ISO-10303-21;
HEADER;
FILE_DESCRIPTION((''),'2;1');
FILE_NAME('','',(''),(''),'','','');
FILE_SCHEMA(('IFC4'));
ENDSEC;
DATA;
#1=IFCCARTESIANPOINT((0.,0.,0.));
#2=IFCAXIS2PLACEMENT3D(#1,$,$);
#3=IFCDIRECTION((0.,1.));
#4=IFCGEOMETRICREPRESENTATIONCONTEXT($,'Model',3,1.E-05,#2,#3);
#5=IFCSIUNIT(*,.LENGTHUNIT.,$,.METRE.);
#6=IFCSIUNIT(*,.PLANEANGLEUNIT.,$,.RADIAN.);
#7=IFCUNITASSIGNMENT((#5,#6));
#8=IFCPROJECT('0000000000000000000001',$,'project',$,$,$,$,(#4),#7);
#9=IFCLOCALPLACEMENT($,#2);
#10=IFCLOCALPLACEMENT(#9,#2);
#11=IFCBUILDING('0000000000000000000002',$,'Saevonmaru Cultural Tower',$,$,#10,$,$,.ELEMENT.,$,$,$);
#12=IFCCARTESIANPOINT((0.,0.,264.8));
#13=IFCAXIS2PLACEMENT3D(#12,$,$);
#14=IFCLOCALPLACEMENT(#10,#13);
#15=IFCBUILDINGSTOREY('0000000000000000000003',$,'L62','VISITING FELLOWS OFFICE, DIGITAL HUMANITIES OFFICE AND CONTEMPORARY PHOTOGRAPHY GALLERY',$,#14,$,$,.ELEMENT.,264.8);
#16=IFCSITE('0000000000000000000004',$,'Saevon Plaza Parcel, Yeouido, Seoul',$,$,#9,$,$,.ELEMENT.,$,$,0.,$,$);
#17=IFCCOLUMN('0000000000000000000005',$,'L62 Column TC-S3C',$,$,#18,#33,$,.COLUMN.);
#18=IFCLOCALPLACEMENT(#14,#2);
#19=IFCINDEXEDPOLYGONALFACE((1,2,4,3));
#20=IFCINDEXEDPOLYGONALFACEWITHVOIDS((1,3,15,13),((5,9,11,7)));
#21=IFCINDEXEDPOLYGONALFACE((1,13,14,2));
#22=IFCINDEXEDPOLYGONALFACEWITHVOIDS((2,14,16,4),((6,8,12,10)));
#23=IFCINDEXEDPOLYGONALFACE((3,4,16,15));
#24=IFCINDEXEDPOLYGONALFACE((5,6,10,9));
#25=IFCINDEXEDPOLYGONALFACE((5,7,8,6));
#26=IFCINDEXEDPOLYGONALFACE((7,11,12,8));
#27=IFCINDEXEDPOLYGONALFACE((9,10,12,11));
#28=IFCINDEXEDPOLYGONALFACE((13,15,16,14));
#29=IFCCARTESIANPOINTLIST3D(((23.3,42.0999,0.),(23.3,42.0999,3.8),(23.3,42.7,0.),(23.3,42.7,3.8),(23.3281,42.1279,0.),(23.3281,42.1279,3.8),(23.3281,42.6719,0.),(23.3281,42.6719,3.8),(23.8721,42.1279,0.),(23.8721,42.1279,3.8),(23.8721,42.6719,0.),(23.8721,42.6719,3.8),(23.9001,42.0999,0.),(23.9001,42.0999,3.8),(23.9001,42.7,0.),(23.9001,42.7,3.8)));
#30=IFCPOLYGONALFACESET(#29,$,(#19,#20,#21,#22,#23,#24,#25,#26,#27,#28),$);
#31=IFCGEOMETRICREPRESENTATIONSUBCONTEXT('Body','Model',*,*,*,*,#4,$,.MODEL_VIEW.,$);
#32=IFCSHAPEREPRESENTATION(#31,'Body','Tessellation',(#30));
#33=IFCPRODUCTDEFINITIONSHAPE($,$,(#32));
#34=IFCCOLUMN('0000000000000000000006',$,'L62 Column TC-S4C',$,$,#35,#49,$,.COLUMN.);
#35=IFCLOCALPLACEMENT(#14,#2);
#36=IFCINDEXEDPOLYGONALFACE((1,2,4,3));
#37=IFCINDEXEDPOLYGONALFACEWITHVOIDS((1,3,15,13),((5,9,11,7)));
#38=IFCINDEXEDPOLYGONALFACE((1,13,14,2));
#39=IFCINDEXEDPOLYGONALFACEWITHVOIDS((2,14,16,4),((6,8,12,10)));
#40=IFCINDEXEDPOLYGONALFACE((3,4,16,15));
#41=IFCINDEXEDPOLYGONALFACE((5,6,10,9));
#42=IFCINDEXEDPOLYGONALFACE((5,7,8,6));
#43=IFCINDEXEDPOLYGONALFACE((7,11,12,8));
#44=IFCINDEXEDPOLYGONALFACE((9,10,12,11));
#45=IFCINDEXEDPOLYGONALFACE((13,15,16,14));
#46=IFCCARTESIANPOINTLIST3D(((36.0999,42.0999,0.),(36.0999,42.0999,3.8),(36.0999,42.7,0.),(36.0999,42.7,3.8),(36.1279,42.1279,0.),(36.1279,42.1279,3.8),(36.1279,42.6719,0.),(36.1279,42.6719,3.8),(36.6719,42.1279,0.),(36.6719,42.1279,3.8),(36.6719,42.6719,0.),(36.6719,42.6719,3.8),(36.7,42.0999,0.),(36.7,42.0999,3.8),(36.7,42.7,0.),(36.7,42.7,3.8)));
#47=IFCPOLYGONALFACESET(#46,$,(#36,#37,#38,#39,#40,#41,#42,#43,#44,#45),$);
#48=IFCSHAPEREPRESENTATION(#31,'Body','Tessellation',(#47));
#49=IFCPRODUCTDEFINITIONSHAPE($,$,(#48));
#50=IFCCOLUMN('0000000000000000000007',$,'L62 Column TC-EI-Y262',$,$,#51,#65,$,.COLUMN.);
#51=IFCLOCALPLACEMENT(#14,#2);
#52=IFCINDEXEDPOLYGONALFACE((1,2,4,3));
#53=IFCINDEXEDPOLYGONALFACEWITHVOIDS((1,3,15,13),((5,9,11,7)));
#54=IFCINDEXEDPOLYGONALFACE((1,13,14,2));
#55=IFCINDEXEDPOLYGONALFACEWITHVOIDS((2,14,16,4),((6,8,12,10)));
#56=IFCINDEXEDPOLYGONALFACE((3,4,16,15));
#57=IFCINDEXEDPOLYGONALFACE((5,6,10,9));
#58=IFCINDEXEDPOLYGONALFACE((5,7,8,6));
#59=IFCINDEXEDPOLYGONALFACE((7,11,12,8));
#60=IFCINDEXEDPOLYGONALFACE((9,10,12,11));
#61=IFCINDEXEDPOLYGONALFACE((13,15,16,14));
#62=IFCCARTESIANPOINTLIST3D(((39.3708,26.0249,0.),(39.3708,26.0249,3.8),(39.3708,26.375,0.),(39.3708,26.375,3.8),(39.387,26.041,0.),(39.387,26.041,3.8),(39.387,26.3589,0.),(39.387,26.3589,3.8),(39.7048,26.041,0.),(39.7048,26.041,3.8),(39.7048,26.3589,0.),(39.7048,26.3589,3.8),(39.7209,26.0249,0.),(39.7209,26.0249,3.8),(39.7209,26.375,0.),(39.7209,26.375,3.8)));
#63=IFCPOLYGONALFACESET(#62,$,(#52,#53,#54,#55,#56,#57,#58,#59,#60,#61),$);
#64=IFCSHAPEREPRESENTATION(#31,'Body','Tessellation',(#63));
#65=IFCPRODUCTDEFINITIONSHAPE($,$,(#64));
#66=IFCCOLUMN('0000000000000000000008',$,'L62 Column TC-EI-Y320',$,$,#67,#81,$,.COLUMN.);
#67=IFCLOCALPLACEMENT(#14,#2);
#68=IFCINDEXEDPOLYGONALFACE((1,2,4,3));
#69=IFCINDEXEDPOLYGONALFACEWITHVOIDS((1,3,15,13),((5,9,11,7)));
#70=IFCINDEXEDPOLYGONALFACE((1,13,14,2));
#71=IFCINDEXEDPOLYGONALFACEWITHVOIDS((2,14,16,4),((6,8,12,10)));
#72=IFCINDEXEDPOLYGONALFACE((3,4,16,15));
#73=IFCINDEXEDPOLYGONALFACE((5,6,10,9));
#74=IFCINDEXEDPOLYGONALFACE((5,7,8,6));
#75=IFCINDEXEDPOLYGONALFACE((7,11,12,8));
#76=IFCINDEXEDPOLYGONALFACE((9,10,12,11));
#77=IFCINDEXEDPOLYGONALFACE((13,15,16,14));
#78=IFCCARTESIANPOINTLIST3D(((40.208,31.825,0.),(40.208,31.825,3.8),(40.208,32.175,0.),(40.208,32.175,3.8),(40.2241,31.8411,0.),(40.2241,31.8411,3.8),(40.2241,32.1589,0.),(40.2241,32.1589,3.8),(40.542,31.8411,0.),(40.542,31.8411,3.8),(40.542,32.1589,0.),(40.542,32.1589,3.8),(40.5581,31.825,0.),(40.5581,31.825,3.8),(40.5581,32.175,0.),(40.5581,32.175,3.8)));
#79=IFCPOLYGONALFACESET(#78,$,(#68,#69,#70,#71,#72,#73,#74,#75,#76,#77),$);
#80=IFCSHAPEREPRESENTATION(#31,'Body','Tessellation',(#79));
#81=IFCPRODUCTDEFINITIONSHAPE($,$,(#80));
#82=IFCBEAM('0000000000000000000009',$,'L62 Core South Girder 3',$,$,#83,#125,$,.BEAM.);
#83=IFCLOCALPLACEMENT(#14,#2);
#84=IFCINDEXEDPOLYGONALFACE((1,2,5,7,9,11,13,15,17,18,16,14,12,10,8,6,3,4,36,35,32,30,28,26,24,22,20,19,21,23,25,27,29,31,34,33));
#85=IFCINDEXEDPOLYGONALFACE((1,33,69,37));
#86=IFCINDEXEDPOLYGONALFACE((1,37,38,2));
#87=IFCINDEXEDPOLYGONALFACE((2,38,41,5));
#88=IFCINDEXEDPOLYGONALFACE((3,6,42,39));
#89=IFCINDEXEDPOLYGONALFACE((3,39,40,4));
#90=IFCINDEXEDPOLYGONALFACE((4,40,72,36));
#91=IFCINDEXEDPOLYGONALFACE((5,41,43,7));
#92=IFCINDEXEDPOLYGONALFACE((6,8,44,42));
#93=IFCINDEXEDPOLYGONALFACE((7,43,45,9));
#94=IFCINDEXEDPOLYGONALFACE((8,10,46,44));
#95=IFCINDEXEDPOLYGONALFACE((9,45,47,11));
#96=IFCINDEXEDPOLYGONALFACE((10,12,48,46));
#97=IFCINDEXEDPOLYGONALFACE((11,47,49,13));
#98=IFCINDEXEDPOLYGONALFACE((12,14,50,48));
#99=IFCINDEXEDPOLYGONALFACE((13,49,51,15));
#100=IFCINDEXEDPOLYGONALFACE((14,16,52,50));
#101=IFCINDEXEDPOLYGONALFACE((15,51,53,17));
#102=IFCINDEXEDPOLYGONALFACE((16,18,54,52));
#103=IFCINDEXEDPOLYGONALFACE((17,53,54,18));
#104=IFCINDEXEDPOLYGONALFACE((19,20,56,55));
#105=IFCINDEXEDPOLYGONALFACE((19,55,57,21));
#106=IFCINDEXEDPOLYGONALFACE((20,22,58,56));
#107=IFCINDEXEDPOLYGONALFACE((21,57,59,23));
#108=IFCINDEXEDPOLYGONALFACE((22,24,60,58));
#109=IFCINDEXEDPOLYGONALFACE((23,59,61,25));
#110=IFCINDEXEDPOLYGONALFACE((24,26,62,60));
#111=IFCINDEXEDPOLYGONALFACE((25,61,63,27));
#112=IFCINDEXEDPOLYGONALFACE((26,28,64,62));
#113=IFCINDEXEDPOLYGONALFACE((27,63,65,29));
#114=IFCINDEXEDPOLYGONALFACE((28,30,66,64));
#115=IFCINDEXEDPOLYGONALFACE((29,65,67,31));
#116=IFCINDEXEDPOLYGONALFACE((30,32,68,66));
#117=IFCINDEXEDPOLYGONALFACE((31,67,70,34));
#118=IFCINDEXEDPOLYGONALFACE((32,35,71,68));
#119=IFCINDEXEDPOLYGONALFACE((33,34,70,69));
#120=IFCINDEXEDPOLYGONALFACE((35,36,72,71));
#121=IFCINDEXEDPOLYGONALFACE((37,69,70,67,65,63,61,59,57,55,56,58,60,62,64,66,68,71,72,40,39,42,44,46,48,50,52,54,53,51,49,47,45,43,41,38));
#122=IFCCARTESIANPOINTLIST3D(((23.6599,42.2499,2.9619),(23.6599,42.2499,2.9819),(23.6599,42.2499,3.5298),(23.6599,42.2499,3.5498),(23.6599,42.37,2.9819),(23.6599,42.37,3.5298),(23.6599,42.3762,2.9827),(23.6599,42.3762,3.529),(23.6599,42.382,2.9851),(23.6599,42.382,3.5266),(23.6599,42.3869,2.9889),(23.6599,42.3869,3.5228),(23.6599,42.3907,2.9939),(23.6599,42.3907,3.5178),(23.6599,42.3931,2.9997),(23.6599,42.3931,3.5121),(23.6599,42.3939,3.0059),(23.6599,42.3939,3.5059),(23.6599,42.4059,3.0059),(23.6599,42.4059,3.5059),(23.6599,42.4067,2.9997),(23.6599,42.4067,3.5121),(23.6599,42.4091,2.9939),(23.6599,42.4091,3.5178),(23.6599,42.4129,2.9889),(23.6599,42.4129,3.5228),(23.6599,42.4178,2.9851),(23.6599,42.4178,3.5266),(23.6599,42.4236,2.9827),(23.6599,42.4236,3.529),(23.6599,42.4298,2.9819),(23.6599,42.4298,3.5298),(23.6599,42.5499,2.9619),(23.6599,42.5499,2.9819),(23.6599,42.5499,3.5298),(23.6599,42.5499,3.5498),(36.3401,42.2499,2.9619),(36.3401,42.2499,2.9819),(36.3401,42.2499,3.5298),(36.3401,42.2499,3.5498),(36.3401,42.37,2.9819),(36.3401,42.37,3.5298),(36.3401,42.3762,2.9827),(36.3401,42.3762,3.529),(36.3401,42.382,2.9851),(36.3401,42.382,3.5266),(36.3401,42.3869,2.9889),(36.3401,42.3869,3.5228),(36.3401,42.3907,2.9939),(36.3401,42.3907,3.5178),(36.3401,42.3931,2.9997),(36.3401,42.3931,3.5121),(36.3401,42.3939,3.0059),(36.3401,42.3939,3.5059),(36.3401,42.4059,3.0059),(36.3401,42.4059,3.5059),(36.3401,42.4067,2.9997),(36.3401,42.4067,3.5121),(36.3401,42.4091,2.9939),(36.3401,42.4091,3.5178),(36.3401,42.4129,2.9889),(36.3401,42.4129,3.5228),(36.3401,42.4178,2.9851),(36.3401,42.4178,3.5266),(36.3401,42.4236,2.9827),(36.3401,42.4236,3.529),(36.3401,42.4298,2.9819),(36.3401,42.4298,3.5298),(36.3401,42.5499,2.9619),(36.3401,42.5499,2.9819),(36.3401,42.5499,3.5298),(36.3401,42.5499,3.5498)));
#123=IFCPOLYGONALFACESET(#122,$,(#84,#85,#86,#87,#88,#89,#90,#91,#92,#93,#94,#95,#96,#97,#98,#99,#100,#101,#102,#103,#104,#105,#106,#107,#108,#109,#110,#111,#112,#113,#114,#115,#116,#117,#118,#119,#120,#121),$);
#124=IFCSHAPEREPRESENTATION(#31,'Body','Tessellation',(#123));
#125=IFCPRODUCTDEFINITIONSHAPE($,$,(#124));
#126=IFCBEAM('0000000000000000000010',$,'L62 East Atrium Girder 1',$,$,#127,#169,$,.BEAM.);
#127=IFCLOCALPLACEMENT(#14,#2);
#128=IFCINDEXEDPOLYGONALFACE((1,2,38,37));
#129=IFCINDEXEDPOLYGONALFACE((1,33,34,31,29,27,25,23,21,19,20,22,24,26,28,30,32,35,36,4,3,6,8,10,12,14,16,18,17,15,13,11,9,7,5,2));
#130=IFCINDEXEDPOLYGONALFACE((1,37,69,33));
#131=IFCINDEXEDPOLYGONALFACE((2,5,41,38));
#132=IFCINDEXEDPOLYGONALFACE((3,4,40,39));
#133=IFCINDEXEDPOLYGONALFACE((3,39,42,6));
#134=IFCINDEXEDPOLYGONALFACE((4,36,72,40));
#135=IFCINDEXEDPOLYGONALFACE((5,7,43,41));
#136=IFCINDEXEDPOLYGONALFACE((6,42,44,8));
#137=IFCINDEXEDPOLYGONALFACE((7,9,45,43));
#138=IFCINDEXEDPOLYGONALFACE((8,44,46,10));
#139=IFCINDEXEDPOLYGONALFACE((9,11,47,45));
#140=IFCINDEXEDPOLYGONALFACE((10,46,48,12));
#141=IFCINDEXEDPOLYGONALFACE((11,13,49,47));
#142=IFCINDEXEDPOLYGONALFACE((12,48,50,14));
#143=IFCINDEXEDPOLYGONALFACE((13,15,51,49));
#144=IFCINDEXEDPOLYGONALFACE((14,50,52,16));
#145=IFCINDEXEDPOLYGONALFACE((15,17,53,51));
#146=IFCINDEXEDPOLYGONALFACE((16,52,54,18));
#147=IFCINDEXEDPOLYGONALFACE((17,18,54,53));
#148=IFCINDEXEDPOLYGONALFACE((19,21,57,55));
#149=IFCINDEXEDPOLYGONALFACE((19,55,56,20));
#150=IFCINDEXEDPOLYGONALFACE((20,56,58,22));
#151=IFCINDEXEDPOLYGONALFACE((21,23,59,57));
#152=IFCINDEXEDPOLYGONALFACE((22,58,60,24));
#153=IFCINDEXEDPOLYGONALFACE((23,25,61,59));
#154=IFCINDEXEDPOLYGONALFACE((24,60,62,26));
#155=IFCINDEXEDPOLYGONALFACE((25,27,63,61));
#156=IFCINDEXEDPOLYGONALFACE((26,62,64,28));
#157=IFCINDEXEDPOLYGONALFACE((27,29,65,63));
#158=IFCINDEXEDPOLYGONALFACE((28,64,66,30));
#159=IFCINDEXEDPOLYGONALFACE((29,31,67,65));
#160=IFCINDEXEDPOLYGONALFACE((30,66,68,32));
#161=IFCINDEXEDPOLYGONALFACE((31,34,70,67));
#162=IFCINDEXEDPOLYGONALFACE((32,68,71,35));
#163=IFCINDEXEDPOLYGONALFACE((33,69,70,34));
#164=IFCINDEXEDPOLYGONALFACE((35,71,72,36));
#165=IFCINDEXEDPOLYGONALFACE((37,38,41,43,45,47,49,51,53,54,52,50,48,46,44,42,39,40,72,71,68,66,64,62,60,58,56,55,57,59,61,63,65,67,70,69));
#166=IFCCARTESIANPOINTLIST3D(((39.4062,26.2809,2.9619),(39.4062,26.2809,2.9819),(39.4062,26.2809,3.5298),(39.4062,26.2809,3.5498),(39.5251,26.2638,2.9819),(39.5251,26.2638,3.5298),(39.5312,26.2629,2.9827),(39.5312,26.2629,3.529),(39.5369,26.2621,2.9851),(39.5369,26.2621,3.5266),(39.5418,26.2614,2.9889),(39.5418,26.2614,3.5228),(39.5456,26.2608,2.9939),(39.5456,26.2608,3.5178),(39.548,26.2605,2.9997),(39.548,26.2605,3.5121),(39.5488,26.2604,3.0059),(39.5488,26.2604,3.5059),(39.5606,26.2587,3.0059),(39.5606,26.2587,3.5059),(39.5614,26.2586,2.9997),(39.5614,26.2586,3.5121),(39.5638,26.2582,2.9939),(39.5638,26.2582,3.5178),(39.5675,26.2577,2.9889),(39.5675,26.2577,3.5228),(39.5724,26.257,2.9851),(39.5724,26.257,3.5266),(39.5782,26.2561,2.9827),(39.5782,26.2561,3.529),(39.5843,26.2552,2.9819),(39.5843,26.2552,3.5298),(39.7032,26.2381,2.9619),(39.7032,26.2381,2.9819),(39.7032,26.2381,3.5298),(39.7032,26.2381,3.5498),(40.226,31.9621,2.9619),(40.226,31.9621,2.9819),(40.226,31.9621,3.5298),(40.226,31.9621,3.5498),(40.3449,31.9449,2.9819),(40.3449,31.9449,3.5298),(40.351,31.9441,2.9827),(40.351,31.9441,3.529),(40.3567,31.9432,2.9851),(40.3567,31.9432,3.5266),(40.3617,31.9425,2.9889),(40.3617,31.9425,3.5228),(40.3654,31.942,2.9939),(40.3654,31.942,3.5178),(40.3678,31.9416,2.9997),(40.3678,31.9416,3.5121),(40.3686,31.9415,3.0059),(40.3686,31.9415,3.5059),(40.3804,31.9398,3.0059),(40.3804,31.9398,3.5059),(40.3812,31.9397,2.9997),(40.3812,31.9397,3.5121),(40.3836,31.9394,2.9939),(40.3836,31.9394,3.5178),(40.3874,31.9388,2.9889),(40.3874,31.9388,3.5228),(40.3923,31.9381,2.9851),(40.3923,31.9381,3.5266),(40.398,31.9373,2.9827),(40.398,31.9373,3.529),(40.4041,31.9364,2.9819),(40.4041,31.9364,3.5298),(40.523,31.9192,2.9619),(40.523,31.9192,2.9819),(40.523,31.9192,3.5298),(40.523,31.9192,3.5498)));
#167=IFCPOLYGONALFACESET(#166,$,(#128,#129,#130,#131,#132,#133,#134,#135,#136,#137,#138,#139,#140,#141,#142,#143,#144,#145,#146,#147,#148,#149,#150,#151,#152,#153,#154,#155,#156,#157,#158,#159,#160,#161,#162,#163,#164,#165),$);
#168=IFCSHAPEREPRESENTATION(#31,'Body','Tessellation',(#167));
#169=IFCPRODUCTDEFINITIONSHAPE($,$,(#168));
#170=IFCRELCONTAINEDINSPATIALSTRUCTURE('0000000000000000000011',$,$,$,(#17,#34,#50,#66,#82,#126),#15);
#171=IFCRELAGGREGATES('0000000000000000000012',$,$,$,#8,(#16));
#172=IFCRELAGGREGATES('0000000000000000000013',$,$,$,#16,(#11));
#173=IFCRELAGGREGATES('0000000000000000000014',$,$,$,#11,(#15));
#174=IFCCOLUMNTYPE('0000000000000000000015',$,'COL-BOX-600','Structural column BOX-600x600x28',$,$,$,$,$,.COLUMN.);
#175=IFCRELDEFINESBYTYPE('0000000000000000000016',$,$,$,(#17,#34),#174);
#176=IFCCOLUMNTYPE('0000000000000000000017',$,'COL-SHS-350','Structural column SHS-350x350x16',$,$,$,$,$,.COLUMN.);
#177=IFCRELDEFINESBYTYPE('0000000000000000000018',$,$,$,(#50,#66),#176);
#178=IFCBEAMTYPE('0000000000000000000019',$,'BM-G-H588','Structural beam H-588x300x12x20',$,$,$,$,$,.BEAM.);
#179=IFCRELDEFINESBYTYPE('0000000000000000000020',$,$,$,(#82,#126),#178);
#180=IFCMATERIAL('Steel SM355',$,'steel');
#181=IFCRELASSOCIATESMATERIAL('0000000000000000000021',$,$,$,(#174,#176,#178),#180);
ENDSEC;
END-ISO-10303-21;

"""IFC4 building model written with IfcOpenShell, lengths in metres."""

from ifc_helpers import new_model, si_unit, direction, frame, origin, origin_2d, place, context, subcontext, project, spatial, hollow_rectangle, i_section, extrude, material, material_profile, profile_set, type_object, element, save


model = new_model("IFC4")

# Units and contexts
model_context = context("Model", 3, precision=1e-05, world=origin(), true_north=direction((0.0, 1.0)))
body_context = subcontext(model_context, "Body", "Model", "MODEL_VIEW")
ifc_project = project(units=[si_unit("LENGTHUNIT", "METRE"), si_unit("PLANEANGLEUNIT", "RADIAN")], contexts=[model_context])

# Site, building, storey
site_placement = place(None, origin())
site = spatial("IfcSite", under=ifc_project, at=site_placement, Name="Saevon Plaza Parcel, Yeouido, Seoul", CompositionType="ELEMENT", RefElevation=0.0)
building_placement = place(site_placement, origin())
building = spatial("IfcBuilding", under=site, at=building_placement, Name="Saevonmaru Cultural Tower", CompositionType="ELEMENT")
storey_placement = place(building_placement, frame((0.0, 0.0, 264.8)))
storey = spatial("IfcBuildingStorey", under=building, at=storey_placement, Name="L62", Description="VISITING FELLOWS OFFICE, DIGITAL HUMANITIES OFFICE AND CONTEMPORARY PHOTOGRAPHY GALLERY", CompositionType="ELEMENT", Elevation=264.8)

# Columns
ifc_material_1 = material(Name="Steel SM355", Category="steel")
ifc_material_profile_1 = material_profile(ifc_material_1, hollow_rectangle(XDim=0.6001, YDim=0.6001, WallThickness=0.0281, at=origin_2d()), Name="BOX-600x600x28")
ifc_profile_set_1 = profile_set([ifc_material_profile_1], Name="Steel SM355")
column_type_1 = type_object("IfcColumnType", Name="COL-BOX-600", Description="Structural column BOX-600x600x28", PredefinedType="COLUMN", material=ifc_profile_set_1)
for number, where, z_axis, x_axis, name in (
    (1, (23.6001, 42.3999, 0.0), (0.0, 0.0, 1.0), (1.0, 0.0, 0.0), "L62 Column TC-S3C"),
    (2, (36.3999, 42.3999, 0.0), (0.0, 0.0, 1.0), (1.0, 0.0, 0.0), "L62 Column TC-S4C"),
):
    element("IfcColumn", number, at=place(storey_placement, frame(where, z_axis=z_axis, x_axis=x_axis)), inside=storey, type_object=column_type_1, Name=name, PredefinedType="COLUMN", context=body_context, shape_type="SweptSolid", body=[
        extrude(hollow_rectangle(XDim=0.6001, YDim=0.6001, WallThickness=0.0281, at=origin_2d()), origin(), (0.0, 0.0, 1.0), 3.8),
    ])
ifc_material_profile_2 = material_profile(ifc_material_1, hollow_rectangle(XDim=0.3501, YDim=0.3501, WallThickness=0.0161, at=origin_2d()), Name="SHS-350x350x16")
ifc_profile_set_2 = profile_set([ifc_material_profile_2], Name="Steel SM355")
column_type_2 = type_object("IfcColumnType", Name="COL-SHS-350", Description="Structural column SHS-350x350x16", PredefinedType="COLUMN", material=ifc_profile_set_2)
for number, where, z_axis, x_axis, name in (
    (3, (39.5459, 26.2, 0.0), (0.0, 0.0, 1.0), (1.0, 0.0, 0.0), "L62 Column TC-EI-Y262"),
    (4, (40.3831, 32.0, 0.0), (0.0, 0.0, 1.0), (1.0, 0.0, 0.0), "L62 Column TC-EI-Y320"),
):
    element("IfcColumn", number, at=place(storey_placement, frame(where, z_axis=z_axis, x_axis=x_axis)), inside=storey, type_object=column_type_2, Name=name, PredefinedType="COLUMN", context=body_context, shape_type="SweptSolid", body=[
        extrude(hollow_rectangle(XDim=0.3501, YDim=0.3501, WallThickness=0.0161, at=origin_2d()), origin(), (0.0, 0.0, 1.0), 3.8),
    ])

# Beams
ifc_material_profile_3 = material_profile(ifc_material_1, i_section(OverallWidth=0.3, OverallDepth=0.5879, WebThickness=0.012, FlangeThickness=0.02, FilletRadius=0.0239, at=origin_2d()), Name="H-588x300x12x20")
ifc_profile_set_3 = profile_set([ifc_material_profile_3], Name="Steel SM355")
beam_type_1 = type_object("IfcBeamType", Name="BM-G-H588", Description="Structural beam H-588x300x12x20", PredefinedType="BEAM", material=ifc_profile_set_3)
beam_1_placement = place(storey_placement, frame((23.6599, 42.3999, 3.2559), z_axis=(1.0, 0.0, 0.0), x_axis=(0.0, 1.0, 0.0)))
element("IfcBeam", 5, at=beam_1_placement, inside=storey, type_object=beam_type_1, Name="L62 Core South Girder 3", PredefinedType="BEAM", context=body_context, shape_type="SweptSolid", body=[
    extrude(i_section(OverallWidth=0.3, OverallDepth=0.5879, WebThickness=0.012, FlangeThickness=0.02, FilletRadius=0.0239, at=origin_2d()), origin(), (0.0, 0.0, 1.0), 12.6802),
])
beam_2_placement = place(storey_placement, frame((39.5547, 26.2595, 3.2559), z_axis=(0.142827, 0.989748, 0.0), x_axis=(-0.989748, 0.142827, 0.0)))
element("IfcBeam", 6, at=beam_2_placement, inside=storey, type_object=beam_type_1, Name="L62 East Atrium Girder 1", PredefinedType="BEAM", context=body_context, shape_type="SweptSolid", body=[
    extrude(i_section(OverallWidth=0.3, OverallDepth=0.5879, WebThickness=0.012, FlangeThickness=0.02, FilletRadius=0.0239, at=origin_2d()), origin(), (0.0, 0.0, 1.0), 5.74),
])

save(model, "model.ifc")
